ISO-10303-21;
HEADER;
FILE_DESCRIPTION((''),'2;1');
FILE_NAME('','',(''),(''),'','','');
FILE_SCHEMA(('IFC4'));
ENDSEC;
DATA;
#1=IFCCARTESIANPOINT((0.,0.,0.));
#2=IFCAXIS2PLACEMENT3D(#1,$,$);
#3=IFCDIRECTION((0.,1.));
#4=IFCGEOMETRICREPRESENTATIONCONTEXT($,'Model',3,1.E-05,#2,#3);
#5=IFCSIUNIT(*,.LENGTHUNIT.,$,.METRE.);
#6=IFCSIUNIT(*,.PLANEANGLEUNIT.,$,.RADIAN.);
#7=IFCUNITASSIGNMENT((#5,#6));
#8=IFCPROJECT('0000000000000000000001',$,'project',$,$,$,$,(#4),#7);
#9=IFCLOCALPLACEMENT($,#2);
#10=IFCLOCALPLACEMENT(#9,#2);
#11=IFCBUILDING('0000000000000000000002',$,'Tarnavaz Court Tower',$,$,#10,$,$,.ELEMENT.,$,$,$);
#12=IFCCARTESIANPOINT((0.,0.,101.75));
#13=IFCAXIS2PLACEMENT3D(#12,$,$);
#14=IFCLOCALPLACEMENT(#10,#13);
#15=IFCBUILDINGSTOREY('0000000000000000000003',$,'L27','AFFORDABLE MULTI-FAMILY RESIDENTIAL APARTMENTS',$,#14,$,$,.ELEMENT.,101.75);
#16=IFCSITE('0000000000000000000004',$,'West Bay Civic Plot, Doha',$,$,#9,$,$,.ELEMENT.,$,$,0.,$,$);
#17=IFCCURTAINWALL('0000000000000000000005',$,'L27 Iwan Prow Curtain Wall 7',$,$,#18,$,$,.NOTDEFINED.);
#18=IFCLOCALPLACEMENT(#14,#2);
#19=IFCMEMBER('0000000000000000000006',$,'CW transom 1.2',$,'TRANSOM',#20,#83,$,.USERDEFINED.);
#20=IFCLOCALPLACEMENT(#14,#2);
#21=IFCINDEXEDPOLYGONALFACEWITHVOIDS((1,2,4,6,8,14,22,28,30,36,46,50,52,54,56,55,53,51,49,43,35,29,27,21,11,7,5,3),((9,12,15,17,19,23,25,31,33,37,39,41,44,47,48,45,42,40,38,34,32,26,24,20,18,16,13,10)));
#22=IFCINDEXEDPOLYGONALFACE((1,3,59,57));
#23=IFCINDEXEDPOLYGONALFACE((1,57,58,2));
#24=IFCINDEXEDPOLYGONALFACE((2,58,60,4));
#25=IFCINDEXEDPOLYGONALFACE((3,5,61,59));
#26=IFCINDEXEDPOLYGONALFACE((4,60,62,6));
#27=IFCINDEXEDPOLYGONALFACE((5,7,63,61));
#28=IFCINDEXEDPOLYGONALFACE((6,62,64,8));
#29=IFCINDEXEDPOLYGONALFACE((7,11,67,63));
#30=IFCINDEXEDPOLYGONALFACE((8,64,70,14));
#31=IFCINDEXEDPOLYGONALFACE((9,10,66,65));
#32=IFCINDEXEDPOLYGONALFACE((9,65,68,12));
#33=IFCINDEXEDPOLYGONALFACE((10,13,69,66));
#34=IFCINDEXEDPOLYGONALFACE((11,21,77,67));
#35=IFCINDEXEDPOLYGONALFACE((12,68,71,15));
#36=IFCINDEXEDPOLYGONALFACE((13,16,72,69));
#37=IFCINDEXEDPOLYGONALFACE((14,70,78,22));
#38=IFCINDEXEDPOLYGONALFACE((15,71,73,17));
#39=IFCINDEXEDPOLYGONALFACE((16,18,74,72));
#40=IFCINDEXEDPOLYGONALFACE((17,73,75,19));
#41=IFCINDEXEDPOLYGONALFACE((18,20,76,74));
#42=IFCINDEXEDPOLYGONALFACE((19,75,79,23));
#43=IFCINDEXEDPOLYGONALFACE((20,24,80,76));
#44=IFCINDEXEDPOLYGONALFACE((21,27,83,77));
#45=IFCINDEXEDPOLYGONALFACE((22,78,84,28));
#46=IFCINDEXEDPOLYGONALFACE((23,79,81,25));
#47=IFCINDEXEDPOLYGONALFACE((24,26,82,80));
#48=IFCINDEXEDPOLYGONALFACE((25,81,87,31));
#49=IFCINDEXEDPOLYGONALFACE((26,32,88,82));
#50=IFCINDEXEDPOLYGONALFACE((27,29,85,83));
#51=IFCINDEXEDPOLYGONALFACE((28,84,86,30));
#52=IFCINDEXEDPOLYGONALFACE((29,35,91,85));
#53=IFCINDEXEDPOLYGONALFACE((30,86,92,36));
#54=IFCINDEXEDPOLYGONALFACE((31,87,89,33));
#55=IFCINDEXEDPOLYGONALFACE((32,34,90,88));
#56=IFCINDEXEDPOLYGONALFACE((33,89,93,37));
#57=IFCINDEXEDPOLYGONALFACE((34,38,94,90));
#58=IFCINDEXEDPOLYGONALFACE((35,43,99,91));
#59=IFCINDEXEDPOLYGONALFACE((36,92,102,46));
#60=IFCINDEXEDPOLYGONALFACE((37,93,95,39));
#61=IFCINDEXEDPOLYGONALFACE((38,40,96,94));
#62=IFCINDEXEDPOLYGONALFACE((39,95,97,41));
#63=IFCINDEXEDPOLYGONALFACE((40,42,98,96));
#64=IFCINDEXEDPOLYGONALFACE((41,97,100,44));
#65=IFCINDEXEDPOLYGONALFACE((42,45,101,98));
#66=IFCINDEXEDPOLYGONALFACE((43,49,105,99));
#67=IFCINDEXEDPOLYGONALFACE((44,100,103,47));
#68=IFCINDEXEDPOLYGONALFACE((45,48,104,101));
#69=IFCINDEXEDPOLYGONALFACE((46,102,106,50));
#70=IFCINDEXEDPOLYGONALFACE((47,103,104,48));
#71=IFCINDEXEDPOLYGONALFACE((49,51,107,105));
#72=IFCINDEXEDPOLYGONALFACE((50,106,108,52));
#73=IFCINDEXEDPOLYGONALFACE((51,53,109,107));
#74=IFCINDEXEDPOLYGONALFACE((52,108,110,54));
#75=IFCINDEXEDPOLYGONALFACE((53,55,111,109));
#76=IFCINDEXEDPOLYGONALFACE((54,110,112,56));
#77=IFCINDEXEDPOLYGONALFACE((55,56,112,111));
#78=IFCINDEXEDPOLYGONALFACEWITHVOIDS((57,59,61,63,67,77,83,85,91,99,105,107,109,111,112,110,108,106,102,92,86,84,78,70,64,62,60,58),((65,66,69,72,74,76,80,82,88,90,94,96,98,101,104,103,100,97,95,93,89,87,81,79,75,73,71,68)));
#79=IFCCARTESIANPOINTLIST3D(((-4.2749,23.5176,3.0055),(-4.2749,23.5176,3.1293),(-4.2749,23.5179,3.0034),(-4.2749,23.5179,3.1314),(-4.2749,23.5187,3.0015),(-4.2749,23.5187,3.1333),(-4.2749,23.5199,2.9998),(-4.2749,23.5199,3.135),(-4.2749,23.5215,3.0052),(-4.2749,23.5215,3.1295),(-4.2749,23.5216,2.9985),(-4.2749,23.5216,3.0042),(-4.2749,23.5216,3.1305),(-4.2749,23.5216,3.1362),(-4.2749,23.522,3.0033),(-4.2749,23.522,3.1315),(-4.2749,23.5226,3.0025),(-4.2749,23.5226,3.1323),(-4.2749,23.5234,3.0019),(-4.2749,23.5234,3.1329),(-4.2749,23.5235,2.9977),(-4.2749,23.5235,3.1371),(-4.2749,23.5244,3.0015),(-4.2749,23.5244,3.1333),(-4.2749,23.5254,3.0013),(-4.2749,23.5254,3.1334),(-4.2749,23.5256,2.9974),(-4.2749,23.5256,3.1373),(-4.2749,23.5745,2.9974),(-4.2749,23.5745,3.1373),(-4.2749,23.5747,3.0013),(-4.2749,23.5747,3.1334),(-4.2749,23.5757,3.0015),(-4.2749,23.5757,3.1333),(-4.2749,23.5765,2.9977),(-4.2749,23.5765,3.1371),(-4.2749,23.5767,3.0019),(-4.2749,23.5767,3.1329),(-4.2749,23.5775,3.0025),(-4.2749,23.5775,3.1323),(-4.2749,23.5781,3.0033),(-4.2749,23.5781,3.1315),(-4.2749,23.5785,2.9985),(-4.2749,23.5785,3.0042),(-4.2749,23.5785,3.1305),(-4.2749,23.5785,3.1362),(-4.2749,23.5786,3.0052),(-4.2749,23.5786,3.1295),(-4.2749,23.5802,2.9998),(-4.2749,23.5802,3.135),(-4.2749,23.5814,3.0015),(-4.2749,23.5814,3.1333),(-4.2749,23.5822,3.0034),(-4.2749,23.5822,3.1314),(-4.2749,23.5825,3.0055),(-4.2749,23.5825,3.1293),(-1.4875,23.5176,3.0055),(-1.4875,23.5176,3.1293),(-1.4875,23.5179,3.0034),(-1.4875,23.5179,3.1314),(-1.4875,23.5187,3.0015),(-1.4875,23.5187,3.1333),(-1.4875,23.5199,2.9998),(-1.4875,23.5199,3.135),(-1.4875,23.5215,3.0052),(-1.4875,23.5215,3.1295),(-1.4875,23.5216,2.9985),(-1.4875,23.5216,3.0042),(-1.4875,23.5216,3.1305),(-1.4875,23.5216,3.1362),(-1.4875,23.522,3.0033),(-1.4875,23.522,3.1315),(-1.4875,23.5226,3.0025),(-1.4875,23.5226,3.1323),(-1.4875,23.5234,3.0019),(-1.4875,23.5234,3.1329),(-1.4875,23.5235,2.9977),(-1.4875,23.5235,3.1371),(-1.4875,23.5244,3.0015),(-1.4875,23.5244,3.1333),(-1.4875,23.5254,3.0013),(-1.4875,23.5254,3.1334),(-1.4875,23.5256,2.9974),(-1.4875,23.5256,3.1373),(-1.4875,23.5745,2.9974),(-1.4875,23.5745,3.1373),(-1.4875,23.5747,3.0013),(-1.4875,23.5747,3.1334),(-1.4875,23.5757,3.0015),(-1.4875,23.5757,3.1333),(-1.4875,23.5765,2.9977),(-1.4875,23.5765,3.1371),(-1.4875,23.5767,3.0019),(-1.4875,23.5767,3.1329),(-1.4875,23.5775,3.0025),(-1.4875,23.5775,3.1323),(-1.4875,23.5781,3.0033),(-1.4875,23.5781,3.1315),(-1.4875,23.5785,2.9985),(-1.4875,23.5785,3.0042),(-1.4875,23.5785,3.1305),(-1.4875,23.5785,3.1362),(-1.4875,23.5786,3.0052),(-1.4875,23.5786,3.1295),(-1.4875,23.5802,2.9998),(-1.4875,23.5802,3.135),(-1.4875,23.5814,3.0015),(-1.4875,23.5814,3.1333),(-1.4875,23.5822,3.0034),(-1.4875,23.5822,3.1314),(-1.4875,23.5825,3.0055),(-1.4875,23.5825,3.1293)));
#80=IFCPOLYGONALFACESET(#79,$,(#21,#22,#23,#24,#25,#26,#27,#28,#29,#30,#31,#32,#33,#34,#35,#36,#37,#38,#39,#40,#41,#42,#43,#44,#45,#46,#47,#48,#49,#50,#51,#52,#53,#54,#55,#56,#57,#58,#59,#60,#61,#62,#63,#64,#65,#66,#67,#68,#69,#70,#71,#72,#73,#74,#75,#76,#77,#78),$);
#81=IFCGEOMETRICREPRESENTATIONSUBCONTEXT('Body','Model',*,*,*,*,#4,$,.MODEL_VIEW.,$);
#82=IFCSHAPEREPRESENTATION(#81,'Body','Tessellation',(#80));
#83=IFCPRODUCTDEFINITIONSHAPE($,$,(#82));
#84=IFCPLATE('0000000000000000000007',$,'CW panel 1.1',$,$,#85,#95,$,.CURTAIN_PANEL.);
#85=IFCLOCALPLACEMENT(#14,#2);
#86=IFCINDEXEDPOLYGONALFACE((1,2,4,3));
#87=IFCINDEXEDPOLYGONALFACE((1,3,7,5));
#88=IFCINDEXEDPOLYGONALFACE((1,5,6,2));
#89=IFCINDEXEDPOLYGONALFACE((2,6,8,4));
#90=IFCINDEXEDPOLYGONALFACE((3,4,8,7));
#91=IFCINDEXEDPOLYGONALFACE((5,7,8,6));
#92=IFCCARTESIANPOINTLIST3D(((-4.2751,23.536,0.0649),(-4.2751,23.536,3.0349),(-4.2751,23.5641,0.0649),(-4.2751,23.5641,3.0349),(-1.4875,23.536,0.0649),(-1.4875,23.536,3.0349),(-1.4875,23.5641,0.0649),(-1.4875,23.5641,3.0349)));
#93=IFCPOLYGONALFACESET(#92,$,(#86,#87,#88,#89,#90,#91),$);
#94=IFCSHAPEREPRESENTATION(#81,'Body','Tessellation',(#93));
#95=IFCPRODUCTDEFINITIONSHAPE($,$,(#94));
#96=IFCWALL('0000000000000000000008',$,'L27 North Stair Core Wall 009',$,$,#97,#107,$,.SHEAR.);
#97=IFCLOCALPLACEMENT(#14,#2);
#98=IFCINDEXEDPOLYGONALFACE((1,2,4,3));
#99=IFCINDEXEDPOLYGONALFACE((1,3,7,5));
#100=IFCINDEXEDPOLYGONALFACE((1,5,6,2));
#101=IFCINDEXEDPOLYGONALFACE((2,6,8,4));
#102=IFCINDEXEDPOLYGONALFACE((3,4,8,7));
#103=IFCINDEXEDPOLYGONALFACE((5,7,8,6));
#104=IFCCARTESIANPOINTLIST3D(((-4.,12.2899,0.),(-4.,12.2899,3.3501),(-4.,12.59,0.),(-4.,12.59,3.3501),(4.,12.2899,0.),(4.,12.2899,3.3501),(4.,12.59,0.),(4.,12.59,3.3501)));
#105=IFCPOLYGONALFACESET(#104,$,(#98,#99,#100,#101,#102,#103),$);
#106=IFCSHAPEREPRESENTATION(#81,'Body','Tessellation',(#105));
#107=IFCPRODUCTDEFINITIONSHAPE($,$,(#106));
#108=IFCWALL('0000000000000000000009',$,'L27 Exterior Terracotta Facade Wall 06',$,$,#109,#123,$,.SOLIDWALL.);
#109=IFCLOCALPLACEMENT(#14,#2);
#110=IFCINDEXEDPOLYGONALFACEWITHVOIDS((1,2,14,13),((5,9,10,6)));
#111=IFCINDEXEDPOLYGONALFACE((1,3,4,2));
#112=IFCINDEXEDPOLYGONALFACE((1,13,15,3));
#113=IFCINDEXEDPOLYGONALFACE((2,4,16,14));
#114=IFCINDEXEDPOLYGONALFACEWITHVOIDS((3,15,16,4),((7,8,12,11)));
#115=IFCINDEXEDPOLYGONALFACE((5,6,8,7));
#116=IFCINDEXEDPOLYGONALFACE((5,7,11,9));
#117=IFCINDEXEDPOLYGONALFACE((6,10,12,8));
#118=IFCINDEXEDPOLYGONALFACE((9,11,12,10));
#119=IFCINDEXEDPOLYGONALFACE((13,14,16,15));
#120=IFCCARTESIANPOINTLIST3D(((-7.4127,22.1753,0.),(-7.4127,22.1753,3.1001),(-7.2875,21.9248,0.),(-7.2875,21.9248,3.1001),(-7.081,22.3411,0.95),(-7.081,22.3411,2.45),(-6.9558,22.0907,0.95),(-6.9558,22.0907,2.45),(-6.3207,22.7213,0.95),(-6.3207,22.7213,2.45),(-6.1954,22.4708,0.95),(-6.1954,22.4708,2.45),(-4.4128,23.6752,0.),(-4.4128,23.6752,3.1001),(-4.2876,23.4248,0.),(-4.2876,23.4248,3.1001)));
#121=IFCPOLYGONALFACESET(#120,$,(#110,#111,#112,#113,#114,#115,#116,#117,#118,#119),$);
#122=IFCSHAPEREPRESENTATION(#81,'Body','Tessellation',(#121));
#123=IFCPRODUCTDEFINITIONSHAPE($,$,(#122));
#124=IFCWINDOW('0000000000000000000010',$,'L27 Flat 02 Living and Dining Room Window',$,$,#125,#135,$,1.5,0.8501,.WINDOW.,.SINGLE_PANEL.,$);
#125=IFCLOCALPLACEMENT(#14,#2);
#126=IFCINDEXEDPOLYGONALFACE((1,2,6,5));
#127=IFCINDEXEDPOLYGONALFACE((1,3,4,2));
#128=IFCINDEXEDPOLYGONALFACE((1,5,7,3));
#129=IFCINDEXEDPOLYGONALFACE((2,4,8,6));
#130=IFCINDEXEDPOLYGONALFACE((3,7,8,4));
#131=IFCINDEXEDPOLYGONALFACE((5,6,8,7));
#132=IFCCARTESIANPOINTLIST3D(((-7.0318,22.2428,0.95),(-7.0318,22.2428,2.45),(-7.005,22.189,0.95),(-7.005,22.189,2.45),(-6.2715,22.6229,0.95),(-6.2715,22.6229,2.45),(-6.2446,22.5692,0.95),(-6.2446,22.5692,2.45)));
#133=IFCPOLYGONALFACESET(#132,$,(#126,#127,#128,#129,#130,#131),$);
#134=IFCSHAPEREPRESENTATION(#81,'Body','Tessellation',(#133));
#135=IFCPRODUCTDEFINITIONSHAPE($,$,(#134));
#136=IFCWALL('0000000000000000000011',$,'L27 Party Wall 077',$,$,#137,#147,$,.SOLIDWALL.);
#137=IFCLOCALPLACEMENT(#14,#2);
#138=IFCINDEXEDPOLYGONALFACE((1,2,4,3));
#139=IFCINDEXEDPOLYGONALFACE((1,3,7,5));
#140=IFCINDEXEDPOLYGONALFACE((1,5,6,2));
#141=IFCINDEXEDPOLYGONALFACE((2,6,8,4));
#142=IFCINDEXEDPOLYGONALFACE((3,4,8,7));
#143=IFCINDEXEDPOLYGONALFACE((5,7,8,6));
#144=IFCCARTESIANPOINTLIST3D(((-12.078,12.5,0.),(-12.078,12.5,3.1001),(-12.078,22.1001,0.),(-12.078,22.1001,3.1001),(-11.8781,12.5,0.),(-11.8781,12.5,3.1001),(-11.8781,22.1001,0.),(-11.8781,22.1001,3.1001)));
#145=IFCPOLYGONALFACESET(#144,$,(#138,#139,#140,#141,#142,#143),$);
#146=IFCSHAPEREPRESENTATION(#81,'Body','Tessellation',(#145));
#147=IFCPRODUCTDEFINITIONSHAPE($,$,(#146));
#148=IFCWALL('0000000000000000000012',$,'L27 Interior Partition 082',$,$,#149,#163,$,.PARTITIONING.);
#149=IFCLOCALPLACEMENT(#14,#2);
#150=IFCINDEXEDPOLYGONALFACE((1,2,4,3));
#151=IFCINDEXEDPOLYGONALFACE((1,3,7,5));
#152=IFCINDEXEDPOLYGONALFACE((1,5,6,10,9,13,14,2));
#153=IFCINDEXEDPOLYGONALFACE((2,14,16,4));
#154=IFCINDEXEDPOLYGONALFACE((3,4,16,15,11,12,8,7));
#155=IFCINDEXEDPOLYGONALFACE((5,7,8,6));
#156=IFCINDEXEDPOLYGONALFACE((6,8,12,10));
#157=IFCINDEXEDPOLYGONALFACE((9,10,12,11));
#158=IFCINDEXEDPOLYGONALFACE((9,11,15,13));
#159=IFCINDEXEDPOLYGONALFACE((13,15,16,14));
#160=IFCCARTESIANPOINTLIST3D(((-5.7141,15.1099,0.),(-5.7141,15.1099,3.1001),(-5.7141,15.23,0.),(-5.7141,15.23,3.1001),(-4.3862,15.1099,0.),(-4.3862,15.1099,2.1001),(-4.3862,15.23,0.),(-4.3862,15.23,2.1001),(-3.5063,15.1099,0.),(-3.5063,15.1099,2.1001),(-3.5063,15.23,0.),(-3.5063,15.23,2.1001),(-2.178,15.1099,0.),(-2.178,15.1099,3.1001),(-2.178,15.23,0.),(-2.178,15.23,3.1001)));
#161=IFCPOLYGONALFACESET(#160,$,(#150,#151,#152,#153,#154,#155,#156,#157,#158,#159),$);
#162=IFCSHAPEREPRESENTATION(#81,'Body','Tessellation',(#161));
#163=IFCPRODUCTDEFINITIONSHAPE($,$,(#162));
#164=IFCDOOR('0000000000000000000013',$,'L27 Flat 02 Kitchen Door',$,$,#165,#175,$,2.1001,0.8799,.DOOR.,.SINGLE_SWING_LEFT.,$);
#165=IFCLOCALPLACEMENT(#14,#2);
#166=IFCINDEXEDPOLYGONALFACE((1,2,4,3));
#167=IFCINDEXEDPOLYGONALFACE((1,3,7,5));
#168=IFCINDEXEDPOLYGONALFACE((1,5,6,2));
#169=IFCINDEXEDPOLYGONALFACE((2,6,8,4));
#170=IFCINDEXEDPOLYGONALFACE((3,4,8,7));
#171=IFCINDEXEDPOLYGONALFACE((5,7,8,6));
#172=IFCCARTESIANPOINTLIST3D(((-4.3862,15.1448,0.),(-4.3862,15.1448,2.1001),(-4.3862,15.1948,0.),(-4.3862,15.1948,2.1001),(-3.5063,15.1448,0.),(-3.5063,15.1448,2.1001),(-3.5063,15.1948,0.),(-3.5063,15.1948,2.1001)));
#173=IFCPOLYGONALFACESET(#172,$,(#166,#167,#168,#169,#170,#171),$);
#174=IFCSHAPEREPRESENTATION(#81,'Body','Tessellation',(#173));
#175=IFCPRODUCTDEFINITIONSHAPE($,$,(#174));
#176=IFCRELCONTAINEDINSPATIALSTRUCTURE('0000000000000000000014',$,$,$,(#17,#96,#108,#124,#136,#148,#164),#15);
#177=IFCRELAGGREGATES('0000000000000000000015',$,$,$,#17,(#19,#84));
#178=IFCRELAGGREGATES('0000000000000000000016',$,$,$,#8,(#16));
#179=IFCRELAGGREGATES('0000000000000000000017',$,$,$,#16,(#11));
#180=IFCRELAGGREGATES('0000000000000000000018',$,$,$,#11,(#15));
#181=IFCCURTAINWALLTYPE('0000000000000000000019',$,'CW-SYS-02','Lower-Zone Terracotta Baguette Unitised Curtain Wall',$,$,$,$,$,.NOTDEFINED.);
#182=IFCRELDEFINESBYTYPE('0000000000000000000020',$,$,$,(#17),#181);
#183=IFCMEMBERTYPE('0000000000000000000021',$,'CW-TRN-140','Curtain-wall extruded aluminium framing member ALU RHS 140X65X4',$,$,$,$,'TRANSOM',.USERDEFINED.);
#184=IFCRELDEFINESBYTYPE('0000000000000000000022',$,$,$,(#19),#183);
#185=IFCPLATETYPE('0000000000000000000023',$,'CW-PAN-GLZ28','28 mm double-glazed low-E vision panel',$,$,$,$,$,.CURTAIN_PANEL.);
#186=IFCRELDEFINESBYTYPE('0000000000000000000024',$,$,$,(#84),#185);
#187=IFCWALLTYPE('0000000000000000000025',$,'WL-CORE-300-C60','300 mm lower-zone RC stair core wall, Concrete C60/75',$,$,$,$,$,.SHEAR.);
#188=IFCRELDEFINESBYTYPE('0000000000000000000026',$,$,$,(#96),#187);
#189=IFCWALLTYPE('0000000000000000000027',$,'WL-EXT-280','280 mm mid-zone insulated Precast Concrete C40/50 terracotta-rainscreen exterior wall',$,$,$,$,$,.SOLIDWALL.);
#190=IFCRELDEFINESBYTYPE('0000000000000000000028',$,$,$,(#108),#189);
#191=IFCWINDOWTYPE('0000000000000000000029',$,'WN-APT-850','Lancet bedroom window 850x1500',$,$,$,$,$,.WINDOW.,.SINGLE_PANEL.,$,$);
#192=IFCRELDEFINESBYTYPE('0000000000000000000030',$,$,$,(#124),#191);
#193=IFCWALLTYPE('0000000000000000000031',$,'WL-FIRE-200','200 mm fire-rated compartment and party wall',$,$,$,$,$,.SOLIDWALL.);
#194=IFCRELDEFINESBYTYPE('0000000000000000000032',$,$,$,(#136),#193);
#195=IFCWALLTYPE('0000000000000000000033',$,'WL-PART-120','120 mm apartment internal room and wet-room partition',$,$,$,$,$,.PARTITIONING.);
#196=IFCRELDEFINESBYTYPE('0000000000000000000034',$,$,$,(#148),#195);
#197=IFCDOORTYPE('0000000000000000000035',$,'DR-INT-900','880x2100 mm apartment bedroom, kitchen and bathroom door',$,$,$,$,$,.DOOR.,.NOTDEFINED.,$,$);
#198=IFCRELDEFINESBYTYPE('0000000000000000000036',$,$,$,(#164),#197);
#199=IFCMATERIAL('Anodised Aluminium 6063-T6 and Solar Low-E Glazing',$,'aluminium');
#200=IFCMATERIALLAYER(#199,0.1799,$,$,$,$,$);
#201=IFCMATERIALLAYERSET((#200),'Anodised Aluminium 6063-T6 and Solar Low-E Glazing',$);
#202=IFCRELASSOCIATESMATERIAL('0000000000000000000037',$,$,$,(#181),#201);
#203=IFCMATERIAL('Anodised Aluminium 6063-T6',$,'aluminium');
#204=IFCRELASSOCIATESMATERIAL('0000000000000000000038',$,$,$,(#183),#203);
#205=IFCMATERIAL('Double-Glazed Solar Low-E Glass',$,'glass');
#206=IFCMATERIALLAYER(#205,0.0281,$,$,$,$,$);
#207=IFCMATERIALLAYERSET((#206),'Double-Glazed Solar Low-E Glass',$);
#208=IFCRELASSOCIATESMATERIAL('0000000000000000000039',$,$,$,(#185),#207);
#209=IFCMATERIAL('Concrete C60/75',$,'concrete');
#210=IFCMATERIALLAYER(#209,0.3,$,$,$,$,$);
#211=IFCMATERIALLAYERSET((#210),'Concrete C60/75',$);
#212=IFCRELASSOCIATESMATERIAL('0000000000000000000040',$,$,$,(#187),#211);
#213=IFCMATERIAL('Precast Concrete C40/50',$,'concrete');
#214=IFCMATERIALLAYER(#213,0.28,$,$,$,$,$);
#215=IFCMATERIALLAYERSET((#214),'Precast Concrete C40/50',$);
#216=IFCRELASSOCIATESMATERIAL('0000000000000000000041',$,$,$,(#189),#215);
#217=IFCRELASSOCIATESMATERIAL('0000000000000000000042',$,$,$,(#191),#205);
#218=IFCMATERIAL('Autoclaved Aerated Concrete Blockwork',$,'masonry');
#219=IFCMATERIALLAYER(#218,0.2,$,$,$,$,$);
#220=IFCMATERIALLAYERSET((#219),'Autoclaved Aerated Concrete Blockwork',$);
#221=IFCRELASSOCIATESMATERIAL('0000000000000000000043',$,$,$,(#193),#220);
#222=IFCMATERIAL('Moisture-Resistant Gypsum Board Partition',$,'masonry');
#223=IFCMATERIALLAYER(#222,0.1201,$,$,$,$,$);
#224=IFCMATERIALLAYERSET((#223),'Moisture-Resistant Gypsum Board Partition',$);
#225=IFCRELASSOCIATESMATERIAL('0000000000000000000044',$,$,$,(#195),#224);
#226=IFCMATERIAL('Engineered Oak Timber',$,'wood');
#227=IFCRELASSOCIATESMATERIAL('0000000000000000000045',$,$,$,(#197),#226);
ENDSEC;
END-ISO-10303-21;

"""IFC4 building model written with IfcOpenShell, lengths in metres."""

from ifc_helpers import new_model, si_unit, direction, frame, frame_2d, origin, origin_2d, place, context, subcontext, project, spatial, rectangle, hollow_rectangle, extrude, material, layer, layer_set, material_profile, profile_set, type_object, element, fill, aggregate, save


model = new_model("IFC4")

# Units and contexts
model_context = context("Model", 3, precision=1e-05, world=origin(), true_north=direction((0.0, 1.0)))
body_context = subcontext(model_context, "Body", "Model", "MODEL_VIEW")
ifc_project = project(units=[si_unit("LENGTHUNIT", "METRE"), si_unit("PLANEANGLEUNIT", "RADIAN")], contexts=[model_context])

# Site, building, storey
site_placement = place(None, origin())
site = spatial("IfcSite", under=ifc_project, at=site_placement, Name="West Bay Civic Plot, Doha", CompositionType="ELEMENT", RefElevation=0.0)
building_placement = place(site_placement, origin())
building = spatial("IfcBuilding", under=site, at=building_placement, Name="Tarnavaz Court Tower", CompositionType="ELEMENT")
storey_placement = place(building_placement, frame((0.0, 0.0, 101.75)))
storey = spatial("IfcBuildingStorey", under=building, at=storey_placement, Name="L27", Description="AFFORDABLE MULTI-FAMILY RESIDENTIAL APARTMENTS", CompositionType="ELEMENT", Elevation=101.75)

# Shared definitions
ifc_material_1 = material(Name="Concrete C60/75", Category="concrete")

# Curtain wall, member, plate
ifc_material_2 = material(Name="Anodised Aluminium 6063-T6 and Solar Low-E Glazing", Category="aluminium")
ifc_layer_1 = layer(ifc_material_2, 0.1799)
ifc_layer_set_1 = layer_set([ifc_layer_1], Name="Anodised Aluminium 6063-T6 and Solar Low-E Glazing")
curtain_wall_type = type_object("IfcCurtainWallType", Name="CW-SYS-02", Description="Lower-Zone Terracotta Baguette Unitised Curtain Wall", PredefinedType="NOTDEFINED", material=ifc_layer_set_1)
curtain_wall_placement = place(storey_placement, origin())
curtain_wall = element("IfcCurtainWall", 1, at=curtain_wall_placement, inside=storey, type_object=curtain_wall_type, Name="L27 Iwan Prow Curtain Wall 7", PredefinedType="NOTDEFINED")
ifc_material_3 = material(Name="Anodised Aluminium 6063-T6", Category="aluminium")
ifc_material_profile_1 = material_profile(ifc_material_3, hollow_rectangle(XDim=0.0649, YDim=0.1399, WallThickness=0.0039, InnerFilletRadius=0.0039, OuterFilletRadius=0.0081, at=origin_2d()), Name="ALU RHS 140X65X4")
ifc_profile_set_1 = profile_set([ifc_material_profile_1], Name="Anodised Aluminium 6063-T6")
member_type_1 = type_object("IfcMemberType", Name="CW-TRN-140", Description="Curtain-wall extruded aluminium framing member ALU RHS 140X65X4", ElementType="TRANSOM", PredefinedType="USERDEFINED", material=ifc_profile_set_1)
member_1_placement = place(storey_placement, frame((-4.2749, 23.55, 3.0674), z_axis=(1.0, 0.0, 0.0), x_axis=(0.0, 1.0, 0.0)))
member_1 = element("IfcMember", 2, at=member_1_placement, type_object=member_type_1, Name="CW transom 1.2", ObjectType="TRANSOM", PredefinedType="USERDEFINED", context=body_context, shape_type="SweptSolid", body=[
    extrude(hollow_rectangle(XDim=0.0649, YDim=0.1399, WallThickness=0.0039, InnerFilletRadius=0.0039, OuterFilletRadius=0.0081, at=origin_2d()), origin(), (0.0, 0.0, 1.0), 2.7874),
])
ifc_material_4 = material(Name="Double-Glazed Solar Low-E Glass", Category="glass")
ifc_layer_2 = layer(ifc_material_4, 0.0281)
ifc_layer_set_2 = layer_set([ifc_layer_2], Name="Double-Glazed Solar Low-E Glass")
plate_type = type_object("IfcPlateType", Name="CW-PAN-GLZ28", Description="28 mm double-glazed low-E vision panel", PredefinedType="CURTAIN_PANEL", material=ifc_layer_set_2)
plate_placement = place(storey_placement, frame((-2.8813, 23.55, 0.0649), z_axis=(0.0, 0.0, 1.0), x_axis=(1.0, 0.0, 0.0)))
plate = element("IfcPlate", 3, at=plate_placement, type_object=plate_type, Name="CW panel 1.1", PredefinedType="CURTAIN_PANEL", context=body_context, shape_type="SweptSolid", body=[
    extrude(rectangle(XDim=2.7876, YDim=0.0281, at=origin_2d()), origin(), (0.0, 0.0, 1.0), 2.97),
])
aggregate(curtain_wall, [member_1, plate])

# Wall
ifc_layer_3 = layer(ifc_material_1, 0.3)
ifc_layer_set_3 = layer_set([ifc_layer_3], Name="Concrete C60/75")
wall_type_1 = type_object("IfcWallType", Name="WL-CORE-300-C60", Description="300 mm lower-zone RC stair core wall, Concrete C60/75", PredefinedType="SHEAR", material=ifc_layer_set_3)
wall_1_placement = place(storey_placement, frame((-4.0, 12.4399, 0.0), z_axis=(0.0, 0.0, 1.0), x_axis=(1.0, 0.0, 0.0)))
element("IfcWall", 4, at=wall_1_placement, inside=storey, type_object=wall_type_1, Name="L27 North Stair Core Wall 009", PredefinedType="SHEAR", context=body_context, shape_type="SweptSolid", body=[
    extrude(rectangle(XDim=8.0, YDim=0.3, at=frame_2d((4.0, 0.0))), origin(), (0.0, 0.0, 1.0), 3.3501),
])

# Wall, opening, window
ifc_material_5 = material(Name="Precast Concrete C40/50", Category="concrete")
ifc_layer_4 = layer(ifc_material_5, 0.28)
ifc_layer_set_4 = layer_set([ifc_layer_4], Name="Precast Concrete C40/50")
wall_type_2 = type_object("IfcWallType", Name="WL-EXT-280", Description="280 mm mid-zone insulated Precast Concrete C40/50 terracotta-rainscreen exterior wall", PredefinedType="SOLIDWALL", material=ifc_layer_set_4)
wall_2_placement = place(storey_placement, frame((-7.3501, 22.05, 0.0), z_axis=(0.0, 0.0, 1.0), x_axis=(0.894427, 0.447214, 0.0)))
wall_2 = element("IfcWall", 5, at=wall_2_placement, inside=storey, type_object=wall_type_2, Name="L27 Exterior Terracotta Facade Wall 06", PredefinedType="SOLIDWALL", context=body_context, shape_type="SweptSolid", body=[
    extrude(rectangle(XDim=3.354, YDim=0.28, at=frame_2d((1.677, 0.0))), origin(), (0.0, 0.0, 1.0), 3.1001),
])
opening_1_placement = place(wall_2_placement, frame((0.3708, 0.0, 0.95)))
opening_1 = element("IfcOpeningElement", 6, at=opening_1_placement, cuts=wall_2, PredefinedType="OPENING", context=body_context, shape_type="SweptSolid", body=[
    extrude(rectangle(XDim=0.8501, YDim=1.5, at=frame_2d((0.425, 0.75))), frame((0.0, 0.1499, 0.0), z_axis=(0.0, -1.0, 0.0), x_axis=(1.0, 0.0, 0.0)), (0.0, 0.0, 1.0), 0.3),
])
window_type = type_object("IfcWindowType", Name="WN-APT-850", Description="Lancet bedroom window 850x1500", PartitioningType="SINGLE_PANEL", PredefinedType="WINDOW", material=ifc_material_4)
window_placement = place(opening_1_placement, origin())
window = element("IfcWindow", 7, at=window_placement, inside=storey, type_object=window_type, Name="L27 Flat 02 Living and Dining Room Window", OverallHeight=1.5, OverallWidth=0.8501, PartitioningType="SINGLE_PANEL", PredefinedType="WINDOW", context=body_context, shape_type="SweptSolid", body=[
    extrude(rectangle(XDim=0.8501, YDim=1.5, at=frame_2d((0.425, 0.75))), frame((0.0, 0.03, 0.0), z_axis=(0.0, -1.0, 0.0), x_axis=(1.0, 0.0, 0.0)), (0.0, 0.0, 1.0), 0.0601),
])
fill(opening_1, window)

# Wall
ifc_material_6 = material(Name="Autoclaved Aerated Concrete Blockwork", Category="masonry")
ifc_layer_5 = layer(ifc_material_6, 0.2)
ifc_layer_set_5 = layer_set([ifc_layer_5], Name="Autoclaved Aerated Concrete Blockwork")
wall_type_3 = type_object("IfcWallType", Name="WL-FIRE-200", Description="200 mm fire-rated compartment and party wall", PredefinedType="SOLIDWALL", material=ifc_layer_set_5)
wall_3_placement = place(storey_placement, frame((-11.978, 12.5, 0.0), z_axis=(0.0, 0.0, 1.0), x_axis=(0.0, 1.0, 0.0)))
element("IfcWall", 8, at=wall_3_placement, inside=storey, type_object=wall_type_3, Name="L27 Party Wall 077", PredefinedType="SOLIDWALL", context=body_context, shape_type="SweptSolid", body=[
    extrude(rectangle(XDim=9.6001, YDim=0.2, at=frame_2d((4.8, 0.0))), origin(), (0.0, 0.0, 1.0), 3.1001),
])

# Wall, opening, door
ifc_material_7 = material(Name="Moisture-Resistant Gypsum Board Partition", Category="masonry")
ifc_layer_6 = layer(ifc_material_7, 0.1201)
ifc_layer_set_6 = layer_set([ifc_layer_6], Name="Moisture-Resistant Gypsum Board Partition")
wall_type_4 = type_object("IfcWallType", Name="WL-PART-120", Description="120 mm apartment internal room and wet-room partition", PredefinedType="PARTITIONING", material=ifc_layer_set_6)
wall_4_placement = place(storey_placement, frame((-5.7141, 15.1699, 0.0), z_axis=(0.0, 0.0, 1.0), x_axis=(1.0, 0.0, 0.0)))
wall_4 = element("IfcWall", 9, at=wall_4_placement, inside=storey, type_object=wall_type_4, Name="L27 Interior Partition 082", PredefinedType="PARTITIONING", context=body_context, shape_type="SweptSolid", body=[
    extrude(rectangle(XDim=3.5361, YDim=0.1201, at=frame_2d((1.7681, 0.0))), origin(), (0.0, 0.0, 1.0), 3.1001),
])
opening_2_placement = place(wall_4_placement, frame((1.3279, 0.0, 0.0)))
opening_2 = element("IfcOpeningElement", 10, at=opening_2_placement, cuts=wall_4, PredefinedType="OPENING", context=body_context, shape_type="SweptSolid", body=[
    extrude(rectangle(XDim=0.8799, YDim=2.1001, at=frame_2d((0.4399, 1.05))), frame((0.0, 0.0701, 0.0), z_axis=(0.0, -1.0, 0.0), x_axis=(1.0, 0.0, 0.0)), (0.0, 0.0, 1.0), 0.1401),
])
ifc_material_8 = material(Name="Engineered Oak Timber", Category="wood")
door_type = type_object("IfcDoorType", Name="DR-INT-900", Description="880x2100 mm apartment bedroom, kitchen and bathroom door", OperationType="NOTDEFINED", PredefinedType="DOOR", material=ifc_material_8)
door_1_placement = place(opening_2_placement, origin())
door_1 = element("IfcDoor", 11, at=door_1_placement, inside=storey, type_object=door_type, Name="L27 Flat 02 Kitchen Door", OperationType="SINGLE_SWING_LEFT", OverallHeight=2.1001, OverallWidth=0.8799, PredefinedType="DOOR", context=body_context, shape_type="SweptSolid", body=[
    extrude(rectangle(XDim=0.8799, YDim=2.1001, at=frame_2d((0.4399, 1.05))), frame((0.0, 0.0249, 0.0), z_axis=(0.0, -1.0, 0.0), x_axis=(1.0, 0.0, 0.0)), (0.0, 0.0, 1.0), 0.05),
])
fill(opening_2, door_1)

save(model, "model.ifc")
